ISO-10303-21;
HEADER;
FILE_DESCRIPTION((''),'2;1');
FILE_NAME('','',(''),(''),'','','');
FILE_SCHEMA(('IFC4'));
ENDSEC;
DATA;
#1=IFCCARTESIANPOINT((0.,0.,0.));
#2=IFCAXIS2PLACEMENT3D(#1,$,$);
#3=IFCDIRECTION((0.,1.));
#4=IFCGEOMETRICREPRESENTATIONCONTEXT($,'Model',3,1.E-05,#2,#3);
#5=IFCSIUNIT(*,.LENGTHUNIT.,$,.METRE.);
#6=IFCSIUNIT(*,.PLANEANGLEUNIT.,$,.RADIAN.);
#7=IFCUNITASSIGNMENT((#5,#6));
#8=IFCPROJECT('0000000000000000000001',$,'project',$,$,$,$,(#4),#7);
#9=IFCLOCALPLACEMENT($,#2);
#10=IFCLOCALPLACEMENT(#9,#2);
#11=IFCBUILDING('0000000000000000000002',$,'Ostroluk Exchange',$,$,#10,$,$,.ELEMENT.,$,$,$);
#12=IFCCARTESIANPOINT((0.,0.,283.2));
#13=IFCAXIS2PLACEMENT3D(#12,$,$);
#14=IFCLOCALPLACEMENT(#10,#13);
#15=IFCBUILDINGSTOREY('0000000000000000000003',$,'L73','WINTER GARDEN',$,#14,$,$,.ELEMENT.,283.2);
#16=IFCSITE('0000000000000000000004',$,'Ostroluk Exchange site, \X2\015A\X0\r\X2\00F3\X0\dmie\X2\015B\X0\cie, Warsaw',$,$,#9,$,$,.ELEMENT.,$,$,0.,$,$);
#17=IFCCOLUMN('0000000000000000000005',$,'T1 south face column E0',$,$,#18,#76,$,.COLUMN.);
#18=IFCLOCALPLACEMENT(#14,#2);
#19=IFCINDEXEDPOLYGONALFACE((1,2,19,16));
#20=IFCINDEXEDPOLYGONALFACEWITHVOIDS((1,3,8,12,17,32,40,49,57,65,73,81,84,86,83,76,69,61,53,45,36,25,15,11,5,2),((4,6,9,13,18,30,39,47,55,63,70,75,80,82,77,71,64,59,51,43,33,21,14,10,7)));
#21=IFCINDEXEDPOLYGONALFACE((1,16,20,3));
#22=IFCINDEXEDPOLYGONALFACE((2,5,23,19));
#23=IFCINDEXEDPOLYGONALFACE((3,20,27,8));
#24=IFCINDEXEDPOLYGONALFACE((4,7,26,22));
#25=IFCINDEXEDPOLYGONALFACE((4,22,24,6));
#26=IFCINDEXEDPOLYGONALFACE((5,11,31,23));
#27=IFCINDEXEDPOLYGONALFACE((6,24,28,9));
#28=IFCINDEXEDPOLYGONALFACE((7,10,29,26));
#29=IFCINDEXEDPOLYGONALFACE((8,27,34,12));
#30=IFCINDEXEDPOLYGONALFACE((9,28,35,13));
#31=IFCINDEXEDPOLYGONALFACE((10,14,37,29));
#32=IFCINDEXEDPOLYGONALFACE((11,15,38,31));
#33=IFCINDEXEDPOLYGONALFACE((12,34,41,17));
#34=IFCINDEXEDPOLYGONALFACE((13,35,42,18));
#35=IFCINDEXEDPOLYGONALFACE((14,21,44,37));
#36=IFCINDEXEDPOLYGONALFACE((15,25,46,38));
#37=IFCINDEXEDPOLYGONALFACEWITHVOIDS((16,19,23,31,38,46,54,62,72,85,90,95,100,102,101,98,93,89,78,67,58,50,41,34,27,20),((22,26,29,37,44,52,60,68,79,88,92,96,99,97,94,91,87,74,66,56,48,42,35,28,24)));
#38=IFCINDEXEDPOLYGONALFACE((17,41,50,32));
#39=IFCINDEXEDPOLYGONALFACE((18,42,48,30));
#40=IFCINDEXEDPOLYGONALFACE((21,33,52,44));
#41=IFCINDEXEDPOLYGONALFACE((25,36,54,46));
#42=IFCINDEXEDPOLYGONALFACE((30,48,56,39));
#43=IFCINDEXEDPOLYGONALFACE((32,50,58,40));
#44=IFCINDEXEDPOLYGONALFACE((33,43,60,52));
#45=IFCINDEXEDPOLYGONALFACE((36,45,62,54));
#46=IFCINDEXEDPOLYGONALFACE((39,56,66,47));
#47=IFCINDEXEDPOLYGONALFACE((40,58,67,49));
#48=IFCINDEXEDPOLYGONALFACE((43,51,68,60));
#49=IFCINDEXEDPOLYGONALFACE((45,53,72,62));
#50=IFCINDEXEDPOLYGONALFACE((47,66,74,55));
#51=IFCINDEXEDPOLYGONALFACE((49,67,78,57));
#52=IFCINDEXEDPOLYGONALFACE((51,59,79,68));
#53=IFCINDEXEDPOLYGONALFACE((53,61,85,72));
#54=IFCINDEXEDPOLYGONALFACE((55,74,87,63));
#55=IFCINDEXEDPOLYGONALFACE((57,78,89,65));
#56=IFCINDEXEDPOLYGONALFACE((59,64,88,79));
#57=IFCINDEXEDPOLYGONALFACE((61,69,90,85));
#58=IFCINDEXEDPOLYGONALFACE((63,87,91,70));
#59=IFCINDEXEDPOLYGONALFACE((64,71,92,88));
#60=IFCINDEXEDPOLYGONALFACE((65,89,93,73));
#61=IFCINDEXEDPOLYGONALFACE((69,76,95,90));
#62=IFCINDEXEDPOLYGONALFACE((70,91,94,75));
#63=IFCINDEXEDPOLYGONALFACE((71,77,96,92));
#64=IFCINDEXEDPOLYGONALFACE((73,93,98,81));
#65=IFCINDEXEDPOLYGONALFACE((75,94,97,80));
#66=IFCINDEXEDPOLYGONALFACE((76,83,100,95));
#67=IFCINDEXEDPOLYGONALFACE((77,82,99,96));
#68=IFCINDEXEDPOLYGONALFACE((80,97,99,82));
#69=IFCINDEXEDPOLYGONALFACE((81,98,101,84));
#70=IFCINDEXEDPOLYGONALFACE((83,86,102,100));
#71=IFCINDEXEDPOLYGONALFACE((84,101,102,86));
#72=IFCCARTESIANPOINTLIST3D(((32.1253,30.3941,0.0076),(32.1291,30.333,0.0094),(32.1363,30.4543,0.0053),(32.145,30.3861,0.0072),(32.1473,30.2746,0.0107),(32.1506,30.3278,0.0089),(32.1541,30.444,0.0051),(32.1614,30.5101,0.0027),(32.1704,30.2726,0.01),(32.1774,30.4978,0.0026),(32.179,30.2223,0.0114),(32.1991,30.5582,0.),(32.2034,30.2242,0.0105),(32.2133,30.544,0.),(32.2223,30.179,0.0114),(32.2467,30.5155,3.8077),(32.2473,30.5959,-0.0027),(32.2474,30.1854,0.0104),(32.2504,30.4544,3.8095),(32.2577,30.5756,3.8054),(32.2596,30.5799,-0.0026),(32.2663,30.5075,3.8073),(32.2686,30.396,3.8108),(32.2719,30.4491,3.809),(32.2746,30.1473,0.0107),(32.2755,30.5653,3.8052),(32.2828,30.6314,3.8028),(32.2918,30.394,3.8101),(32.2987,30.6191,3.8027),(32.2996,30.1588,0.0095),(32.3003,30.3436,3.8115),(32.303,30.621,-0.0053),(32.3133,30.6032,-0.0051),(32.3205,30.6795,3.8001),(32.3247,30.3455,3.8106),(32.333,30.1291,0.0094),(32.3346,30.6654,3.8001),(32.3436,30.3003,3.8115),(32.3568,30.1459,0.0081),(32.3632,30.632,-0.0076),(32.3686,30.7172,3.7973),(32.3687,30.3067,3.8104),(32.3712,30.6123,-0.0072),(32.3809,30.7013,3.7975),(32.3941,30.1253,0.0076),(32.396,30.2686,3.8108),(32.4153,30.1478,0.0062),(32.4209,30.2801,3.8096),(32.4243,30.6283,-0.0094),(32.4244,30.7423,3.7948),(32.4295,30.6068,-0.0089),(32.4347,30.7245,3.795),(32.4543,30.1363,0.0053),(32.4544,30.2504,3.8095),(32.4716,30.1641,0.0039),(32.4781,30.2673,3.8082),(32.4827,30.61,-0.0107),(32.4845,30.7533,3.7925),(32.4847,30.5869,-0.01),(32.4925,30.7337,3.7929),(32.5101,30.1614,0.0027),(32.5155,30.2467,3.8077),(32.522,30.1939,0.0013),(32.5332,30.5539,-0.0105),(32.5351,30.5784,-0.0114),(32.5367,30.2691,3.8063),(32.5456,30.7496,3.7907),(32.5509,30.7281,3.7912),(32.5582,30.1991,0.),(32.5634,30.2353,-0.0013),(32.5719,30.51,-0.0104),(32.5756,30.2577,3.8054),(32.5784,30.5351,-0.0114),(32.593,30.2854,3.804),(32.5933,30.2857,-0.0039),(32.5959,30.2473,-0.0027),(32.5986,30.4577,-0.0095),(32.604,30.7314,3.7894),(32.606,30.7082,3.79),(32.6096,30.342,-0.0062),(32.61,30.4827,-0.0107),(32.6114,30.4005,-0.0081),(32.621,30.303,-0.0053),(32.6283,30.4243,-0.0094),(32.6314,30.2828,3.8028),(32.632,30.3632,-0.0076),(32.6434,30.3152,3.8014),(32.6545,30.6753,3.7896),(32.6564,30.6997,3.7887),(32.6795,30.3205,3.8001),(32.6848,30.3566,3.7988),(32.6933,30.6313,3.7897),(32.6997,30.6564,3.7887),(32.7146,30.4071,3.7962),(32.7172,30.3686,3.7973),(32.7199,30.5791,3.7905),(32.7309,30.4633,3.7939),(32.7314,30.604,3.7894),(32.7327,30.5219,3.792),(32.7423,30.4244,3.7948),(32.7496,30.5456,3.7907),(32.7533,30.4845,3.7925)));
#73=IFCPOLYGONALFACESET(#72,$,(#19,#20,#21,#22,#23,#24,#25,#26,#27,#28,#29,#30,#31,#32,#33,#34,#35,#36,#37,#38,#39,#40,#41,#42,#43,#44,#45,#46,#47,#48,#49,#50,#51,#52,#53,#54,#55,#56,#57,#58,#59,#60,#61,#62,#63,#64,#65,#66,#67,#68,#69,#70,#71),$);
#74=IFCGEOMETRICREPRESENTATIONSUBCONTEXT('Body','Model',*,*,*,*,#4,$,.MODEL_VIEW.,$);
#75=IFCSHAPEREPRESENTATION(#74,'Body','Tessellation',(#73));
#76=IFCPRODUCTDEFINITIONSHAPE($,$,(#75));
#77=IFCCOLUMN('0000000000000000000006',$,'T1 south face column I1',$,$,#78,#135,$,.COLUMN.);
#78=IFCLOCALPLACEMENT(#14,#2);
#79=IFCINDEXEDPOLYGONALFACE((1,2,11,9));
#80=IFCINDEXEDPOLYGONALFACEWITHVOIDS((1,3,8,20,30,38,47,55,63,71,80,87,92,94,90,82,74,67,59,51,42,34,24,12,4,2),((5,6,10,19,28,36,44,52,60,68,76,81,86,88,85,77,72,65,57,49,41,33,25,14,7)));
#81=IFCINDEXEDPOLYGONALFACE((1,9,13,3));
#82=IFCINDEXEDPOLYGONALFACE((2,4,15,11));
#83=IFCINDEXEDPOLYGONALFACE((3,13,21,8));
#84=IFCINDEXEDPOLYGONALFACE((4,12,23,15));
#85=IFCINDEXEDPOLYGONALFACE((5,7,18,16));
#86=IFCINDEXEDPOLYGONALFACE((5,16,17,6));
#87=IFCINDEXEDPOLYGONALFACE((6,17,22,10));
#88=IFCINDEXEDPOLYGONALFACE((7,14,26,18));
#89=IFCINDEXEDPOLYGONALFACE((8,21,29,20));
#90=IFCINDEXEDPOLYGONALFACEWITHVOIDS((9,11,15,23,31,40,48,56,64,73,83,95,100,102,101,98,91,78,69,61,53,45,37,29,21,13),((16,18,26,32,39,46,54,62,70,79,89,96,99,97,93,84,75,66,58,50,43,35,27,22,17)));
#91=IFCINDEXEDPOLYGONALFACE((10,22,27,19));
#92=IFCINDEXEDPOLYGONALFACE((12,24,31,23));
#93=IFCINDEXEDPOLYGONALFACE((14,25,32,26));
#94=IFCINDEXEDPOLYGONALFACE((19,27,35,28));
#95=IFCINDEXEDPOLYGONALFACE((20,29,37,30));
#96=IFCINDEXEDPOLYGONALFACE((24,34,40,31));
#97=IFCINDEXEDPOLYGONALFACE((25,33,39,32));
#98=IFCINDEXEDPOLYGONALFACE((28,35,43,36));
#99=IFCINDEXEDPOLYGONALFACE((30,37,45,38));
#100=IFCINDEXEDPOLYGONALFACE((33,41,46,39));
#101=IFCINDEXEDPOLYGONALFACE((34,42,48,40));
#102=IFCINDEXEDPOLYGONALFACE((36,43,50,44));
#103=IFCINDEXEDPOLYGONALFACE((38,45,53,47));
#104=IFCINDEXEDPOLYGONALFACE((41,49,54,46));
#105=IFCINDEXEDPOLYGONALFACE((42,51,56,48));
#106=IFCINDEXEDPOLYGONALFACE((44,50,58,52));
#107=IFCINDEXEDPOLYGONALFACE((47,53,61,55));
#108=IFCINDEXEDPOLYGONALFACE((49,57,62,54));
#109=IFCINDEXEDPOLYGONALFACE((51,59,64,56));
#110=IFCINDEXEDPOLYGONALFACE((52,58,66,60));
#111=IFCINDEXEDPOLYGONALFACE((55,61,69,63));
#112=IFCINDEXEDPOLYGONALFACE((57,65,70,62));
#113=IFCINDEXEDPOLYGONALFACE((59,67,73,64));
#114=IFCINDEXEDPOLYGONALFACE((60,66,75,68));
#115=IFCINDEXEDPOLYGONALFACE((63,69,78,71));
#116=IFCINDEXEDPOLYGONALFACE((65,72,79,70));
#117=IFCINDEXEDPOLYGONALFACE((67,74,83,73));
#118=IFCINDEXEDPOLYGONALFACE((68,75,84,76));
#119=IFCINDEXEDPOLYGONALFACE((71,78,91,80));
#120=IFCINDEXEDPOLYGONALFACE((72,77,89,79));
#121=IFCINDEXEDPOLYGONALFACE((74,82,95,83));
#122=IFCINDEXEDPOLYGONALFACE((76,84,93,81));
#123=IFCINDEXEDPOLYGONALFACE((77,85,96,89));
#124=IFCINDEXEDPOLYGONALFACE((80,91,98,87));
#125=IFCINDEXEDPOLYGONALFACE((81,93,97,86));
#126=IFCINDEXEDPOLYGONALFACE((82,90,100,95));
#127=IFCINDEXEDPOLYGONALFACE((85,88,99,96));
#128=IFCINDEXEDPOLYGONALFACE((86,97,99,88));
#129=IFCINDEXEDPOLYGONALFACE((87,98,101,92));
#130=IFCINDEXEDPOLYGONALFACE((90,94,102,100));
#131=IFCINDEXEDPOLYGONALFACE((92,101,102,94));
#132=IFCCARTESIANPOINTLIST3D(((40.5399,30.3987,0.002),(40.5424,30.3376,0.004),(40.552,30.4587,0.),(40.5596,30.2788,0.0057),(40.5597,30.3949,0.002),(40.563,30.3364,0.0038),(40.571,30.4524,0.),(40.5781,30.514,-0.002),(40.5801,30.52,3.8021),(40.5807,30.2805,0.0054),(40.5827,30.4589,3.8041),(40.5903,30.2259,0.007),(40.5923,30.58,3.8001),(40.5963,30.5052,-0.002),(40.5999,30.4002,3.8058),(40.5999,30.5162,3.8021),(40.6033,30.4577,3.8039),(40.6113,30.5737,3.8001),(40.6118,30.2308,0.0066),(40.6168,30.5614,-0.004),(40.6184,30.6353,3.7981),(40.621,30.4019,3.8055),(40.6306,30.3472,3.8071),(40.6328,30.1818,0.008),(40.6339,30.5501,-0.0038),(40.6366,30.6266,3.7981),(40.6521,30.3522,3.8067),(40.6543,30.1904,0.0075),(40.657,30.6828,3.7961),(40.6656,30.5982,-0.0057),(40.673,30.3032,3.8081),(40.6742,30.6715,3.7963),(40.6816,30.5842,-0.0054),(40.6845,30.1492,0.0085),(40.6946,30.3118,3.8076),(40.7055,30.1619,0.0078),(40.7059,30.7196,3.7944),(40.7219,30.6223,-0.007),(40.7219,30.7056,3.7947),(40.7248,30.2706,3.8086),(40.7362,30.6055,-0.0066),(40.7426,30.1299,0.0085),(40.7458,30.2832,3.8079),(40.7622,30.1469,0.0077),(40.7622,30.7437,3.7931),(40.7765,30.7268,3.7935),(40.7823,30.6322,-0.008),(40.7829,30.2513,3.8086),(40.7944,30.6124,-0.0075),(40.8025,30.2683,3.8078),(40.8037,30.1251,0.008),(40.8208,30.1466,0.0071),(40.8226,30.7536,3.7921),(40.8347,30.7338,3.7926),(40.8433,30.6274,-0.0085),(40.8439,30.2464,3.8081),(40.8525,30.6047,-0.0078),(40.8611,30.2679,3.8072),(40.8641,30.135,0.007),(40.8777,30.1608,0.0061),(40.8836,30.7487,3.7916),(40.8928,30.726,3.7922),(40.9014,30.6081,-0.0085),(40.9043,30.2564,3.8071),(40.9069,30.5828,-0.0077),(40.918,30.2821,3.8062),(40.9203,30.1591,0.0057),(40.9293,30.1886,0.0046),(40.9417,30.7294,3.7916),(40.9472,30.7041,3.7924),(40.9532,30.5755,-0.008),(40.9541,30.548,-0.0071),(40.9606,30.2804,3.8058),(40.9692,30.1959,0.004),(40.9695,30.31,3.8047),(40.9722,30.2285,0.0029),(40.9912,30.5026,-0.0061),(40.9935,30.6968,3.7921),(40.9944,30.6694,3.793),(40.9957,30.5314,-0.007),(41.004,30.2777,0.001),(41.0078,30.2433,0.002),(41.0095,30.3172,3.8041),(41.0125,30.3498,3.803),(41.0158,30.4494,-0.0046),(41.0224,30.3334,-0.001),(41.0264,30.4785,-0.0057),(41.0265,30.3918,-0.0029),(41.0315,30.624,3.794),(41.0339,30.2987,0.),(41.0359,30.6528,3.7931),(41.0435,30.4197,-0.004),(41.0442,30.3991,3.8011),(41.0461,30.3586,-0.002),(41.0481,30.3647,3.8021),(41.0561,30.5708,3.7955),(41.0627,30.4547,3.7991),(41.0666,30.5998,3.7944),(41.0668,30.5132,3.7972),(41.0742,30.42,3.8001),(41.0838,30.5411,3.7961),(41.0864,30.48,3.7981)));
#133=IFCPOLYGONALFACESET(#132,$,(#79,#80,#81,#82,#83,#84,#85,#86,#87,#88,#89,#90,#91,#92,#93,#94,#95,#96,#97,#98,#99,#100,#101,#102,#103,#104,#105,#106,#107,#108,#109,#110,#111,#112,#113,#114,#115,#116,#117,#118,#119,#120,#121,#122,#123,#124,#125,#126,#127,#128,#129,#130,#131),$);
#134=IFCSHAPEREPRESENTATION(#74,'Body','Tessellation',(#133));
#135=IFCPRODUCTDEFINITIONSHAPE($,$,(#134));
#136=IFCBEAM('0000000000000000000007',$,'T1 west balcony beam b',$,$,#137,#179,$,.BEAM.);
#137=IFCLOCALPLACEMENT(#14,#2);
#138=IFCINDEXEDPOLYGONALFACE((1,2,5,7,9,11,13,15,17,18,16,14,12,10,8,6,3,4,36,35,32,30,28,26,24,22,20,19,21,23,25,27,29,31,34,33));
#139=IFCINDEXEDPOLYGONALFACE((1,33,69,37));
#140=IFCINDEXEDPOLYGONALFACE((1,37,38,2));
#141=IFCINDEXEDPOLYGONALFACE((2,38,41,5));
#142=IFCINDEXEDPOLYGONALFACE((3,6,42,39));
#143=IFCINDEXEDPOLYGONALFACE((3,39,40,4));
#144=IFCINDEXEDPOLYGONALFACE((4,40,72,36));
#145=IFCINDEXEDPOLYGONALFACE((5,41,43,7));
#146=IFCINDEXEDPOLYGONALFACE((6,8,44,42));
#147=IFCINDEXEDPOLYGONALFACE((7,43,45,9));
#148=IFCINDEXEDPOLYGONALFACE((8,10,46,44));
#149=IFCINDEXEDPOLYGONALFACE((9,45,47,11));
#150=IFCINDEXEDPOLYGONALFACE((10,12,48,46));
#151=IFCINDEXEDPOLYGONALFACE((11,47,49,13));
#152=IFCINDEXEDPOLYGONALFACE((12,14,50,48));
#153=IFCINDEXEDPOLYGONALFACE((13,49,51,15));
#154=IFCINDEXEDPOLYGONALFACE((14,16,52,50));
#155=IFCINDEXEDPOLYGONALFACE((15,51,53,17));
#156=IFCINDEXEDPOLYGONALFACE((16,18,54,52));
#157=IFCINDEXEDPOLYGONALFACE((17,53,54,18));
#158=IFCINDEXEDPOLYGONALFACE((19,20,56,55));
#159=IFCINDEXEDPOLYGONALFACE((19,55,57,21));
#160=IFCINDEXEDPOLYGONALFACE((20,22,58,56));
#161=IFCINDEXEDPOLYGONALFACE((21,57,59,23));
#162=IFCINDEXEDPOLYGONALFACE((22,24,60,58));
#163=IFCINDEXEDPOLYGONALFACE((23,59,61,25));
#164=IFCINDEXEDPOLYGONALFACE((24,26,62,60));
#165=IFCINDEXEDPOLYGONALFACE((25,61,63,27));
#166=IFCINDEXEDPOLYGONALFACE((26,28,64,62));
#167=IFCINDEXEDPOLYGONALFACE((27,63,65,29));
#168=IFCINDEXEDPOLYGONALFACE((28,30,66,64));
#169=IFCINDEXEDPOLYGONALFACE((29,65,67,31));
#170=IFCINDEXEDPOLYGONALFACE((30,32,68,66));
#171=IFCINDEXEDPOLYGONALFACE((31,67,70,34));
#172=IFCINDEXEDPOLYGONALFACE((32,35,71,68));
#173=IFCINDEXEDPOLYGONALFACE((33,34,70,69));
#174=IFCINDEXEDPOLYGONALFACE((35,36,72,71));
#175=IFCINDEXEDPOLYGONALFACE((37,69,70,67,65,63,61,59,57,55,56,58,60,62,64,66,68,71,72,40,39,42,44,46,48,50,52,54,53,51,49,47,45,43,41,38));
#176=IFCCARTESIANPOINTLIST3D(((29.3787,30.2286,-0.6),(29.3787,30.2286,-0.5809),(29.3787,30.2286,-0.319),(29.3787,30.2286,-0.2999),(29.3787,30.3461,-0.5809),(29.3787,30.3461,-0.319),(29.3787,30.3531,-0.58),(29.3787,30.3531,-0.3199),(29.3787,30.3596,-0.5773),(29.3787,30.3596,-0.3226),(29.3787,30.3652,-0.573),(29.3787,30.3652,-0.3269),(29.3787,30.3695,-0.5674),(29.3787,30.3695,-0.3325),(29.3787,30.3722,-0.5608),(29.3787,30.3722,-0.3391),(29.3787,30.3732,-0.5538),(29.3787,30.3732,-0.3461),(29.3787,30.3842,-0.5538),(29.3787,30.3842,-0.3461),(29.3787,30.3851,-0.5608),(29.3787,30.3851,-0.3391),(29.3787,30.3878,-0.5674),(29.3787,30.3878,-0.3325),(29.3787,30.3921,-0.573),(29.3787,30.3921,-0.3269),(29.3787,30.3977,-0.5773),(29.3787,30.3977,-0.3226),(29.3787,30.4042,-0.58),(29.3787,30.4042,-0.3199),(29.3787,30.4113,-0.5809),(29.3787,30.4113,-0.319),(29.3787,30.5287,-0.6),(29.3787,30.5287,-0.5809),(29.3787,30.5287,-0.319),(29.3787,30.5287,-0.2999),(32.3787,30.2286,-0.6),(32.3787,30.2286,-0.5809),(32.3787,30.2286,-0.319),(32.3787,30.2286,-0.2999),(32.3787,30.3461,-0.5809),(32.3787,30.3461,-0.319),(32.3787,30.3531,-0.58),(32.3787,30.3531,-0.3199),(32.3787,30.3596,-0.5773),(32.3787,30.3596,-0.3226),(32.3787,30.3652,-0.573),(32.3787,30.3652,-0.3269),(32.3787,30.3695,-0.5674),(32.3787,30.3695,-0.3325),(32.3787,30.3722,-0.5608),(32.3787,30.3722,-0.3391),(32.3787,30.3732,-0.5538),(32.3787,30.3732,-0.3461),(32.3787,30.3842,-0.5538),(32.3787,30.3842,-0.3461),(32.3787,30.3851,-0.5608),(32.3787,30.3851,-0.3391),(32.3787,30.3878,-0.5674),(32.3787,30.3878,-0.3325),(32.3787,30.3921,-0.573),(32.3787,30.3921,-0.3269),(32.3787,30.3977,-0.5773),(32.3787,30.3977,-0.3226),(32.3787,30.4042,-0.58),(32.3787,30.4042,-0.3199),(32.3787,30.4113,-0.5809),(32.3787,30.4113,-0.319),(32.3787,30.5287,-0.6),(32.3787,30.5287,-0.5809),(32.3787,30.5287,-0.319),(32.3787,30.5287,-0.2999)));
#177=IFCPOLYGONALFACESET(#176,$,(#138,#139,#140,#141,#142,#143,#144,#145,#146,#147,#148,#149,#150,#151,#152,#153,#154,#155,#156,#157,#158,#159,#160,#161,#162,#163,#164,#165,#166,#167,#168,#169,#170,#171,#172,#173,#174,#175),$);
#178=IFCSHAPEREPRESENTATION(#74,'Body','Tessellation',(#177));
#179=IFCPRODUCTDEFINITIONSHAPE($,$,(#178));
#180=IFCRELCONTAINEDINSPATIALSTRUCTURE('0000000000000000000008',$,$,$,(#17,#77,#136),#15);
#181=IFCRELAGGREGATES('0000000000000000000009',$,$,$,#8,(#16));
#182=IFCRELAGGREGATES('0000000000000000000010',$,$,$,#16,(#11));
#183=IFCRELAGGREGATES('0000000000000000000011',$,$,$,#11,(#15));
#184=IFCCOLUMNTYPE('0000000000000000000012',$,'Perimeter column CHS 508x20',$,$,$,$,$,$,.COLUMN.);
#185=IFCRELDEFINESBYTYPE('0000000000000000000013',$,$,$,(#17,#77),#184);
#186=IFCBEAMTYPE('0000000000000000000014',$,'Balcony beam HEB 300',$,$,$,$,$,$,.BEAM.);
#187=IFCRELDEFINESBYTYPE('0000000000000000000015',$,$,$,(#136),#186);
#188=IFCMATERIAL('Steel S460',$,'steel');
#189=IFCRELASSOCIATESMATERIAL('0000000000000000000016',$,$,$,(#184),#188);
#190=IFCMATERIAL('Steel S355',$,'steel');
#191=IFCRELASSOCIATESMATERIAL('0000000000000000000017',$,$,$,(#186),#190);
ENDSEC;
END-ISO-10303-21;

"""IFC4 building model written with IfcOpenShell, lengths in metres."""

from ifc_helpers import new_model, si_unit, direction, frame, origin, origin_2d, place, context, subcontext, project, spatial, hollow_circle, i_section, extrude, material, material_profile, profile_set, type_object, element, save


model = new_model("IFC4")

# Units and contexts
model_context = context("Model", 3, precision=1e-05, world=origin(), true_north=direction((0.0, 1.0)))
body_context = subcontext(model_context, "Body", "Model", "MODEL_VIEW")
ifc_project = project(units=[si_unit("LENGTHUNIT", "METRE"), si_unit("PLANEANGLEUNIT", "RADIAN")], contexts=[model_context])

# Site, building, storey
site_placement = place(None, origin())
site = spatial("IfcSite", under=ifc_project, at=site_placement, Name="Ostroluk Exchange site, Śródmieście, Warsaw", CompositionType="ELEMENT", RefElevation=0.0)
building_placement = place(site_placement, origin())
building = spatial("IfcBuilding", under=site, at=building_placement, Name="Ostroluk Exchange", CompositionType="ELEMENT")
storey_placement = place(building_placement, frame((0.0, 0.0, 283.2)))
storey = spatial("IfcBuildingStorey", under=building, at=storey_placement, Name="L73", Description="WINTER GARDEN", CompositionType="ELEMENT", Elevation=283.2)

# Columns
ifc_material_1 = material(Name="Steel S460", Category="steel")
ifc_material_profile_1 = material_profile(ifc_material_1, hollow_circle(Radius=0.2539, WallThickness=0.02, at=origin_2d()), Name="CHS 508x20")
ifc_profile_set_1 = profile_set([ifc_material_profile_1], Name="Steel S460")
column_type = type_object("IfcColumnType", Name="Perimeter column CHS 508x20", PredefinedType="COLUMN", material=ifc_profile_set_1)
column_1_placement = place(storey_placement, frame((32.3787, 30.3787, 0.0), z_axis=(0.031898, 0.031898, 0.998982), x_axis=(-0.707107, 0.707107, 0.0)))
element("IfcColumn", 1, at=column_1_placement, inside=storey, type_object=column_type, Name="T1 south face column E0", PredefinedType="COLUMN", context=body_context, shape_type="SweptSolid", body=[
    extrude(hollow_circle(Radius=0.2539, WallThickness=0.02, at=origin_2d()), origin(), (0.0, 0.0, 1.0), 3.804),
])
column_2_placement = place(storey_placement, frame((40.793, 30.3787, 0.0), z_axis=(0.010595, 0.031913, 0.999435), x_axis=(-0.949065, 0.315082, 0.0)))
element("IfcColumn", 2, at=column_2_placement, inside=storey, type_object=column_type, Name="T1 south face column I1", PredefinedType="COLUMN", context=body_context, shape_type="SweptSolid", body=[
    extrude(hollow_circle(Radius=0.2539, WallThickness=0.02, at=origin_2d()), origin(), (0.0, 0.0, 1.0), 3.8022),
])

# Beam
ifc_material_2 = material(Name="Steel S355", Category="steel")
ifc_material_profile_2 = material_profile(ifc_material_2, i_section(OverallWidth=0.3, OverallDepth=0.3, WebThickness=0.011, FlangeThickness=0.019, FilletRadius=0.0271, at=origin_2d()), Name="HEB 300")
ifc_profile_set_2 = profile_set([ifc_material_profile_2], Name="Steel S355")
beam_type_1 = type_object("IfcBeamType", Name="Balcony beam HEB 300", PredefinedType="BEAM", material=ifc_profile_set_2)
beam_1_placement = place(storey_placement, frame((32.3787, 30.3787, -0.45), z_axis=(-1.0, 0.0, 0.0), x_axis=(0.0, -1.0, 0.0)))
element("IfcBeam", 3, at=beam_1_placement, inside=storey, type_object=beam_type_1, Name="T1 west balcony beam b", PredefinedType="BEAM", context=body_context, shape_type="SweptSolid", body=[
    extrude(i_section(OverallWidth=0.3, OverallDepth=0.3, WebThickness=0.011, FlangeThickness=0.019, FilletRadius=0.0271, at=origin_2d()), origin(), (0.0, 0.0, 1.0), 3.0),
])

save(model, "model.ifc")
